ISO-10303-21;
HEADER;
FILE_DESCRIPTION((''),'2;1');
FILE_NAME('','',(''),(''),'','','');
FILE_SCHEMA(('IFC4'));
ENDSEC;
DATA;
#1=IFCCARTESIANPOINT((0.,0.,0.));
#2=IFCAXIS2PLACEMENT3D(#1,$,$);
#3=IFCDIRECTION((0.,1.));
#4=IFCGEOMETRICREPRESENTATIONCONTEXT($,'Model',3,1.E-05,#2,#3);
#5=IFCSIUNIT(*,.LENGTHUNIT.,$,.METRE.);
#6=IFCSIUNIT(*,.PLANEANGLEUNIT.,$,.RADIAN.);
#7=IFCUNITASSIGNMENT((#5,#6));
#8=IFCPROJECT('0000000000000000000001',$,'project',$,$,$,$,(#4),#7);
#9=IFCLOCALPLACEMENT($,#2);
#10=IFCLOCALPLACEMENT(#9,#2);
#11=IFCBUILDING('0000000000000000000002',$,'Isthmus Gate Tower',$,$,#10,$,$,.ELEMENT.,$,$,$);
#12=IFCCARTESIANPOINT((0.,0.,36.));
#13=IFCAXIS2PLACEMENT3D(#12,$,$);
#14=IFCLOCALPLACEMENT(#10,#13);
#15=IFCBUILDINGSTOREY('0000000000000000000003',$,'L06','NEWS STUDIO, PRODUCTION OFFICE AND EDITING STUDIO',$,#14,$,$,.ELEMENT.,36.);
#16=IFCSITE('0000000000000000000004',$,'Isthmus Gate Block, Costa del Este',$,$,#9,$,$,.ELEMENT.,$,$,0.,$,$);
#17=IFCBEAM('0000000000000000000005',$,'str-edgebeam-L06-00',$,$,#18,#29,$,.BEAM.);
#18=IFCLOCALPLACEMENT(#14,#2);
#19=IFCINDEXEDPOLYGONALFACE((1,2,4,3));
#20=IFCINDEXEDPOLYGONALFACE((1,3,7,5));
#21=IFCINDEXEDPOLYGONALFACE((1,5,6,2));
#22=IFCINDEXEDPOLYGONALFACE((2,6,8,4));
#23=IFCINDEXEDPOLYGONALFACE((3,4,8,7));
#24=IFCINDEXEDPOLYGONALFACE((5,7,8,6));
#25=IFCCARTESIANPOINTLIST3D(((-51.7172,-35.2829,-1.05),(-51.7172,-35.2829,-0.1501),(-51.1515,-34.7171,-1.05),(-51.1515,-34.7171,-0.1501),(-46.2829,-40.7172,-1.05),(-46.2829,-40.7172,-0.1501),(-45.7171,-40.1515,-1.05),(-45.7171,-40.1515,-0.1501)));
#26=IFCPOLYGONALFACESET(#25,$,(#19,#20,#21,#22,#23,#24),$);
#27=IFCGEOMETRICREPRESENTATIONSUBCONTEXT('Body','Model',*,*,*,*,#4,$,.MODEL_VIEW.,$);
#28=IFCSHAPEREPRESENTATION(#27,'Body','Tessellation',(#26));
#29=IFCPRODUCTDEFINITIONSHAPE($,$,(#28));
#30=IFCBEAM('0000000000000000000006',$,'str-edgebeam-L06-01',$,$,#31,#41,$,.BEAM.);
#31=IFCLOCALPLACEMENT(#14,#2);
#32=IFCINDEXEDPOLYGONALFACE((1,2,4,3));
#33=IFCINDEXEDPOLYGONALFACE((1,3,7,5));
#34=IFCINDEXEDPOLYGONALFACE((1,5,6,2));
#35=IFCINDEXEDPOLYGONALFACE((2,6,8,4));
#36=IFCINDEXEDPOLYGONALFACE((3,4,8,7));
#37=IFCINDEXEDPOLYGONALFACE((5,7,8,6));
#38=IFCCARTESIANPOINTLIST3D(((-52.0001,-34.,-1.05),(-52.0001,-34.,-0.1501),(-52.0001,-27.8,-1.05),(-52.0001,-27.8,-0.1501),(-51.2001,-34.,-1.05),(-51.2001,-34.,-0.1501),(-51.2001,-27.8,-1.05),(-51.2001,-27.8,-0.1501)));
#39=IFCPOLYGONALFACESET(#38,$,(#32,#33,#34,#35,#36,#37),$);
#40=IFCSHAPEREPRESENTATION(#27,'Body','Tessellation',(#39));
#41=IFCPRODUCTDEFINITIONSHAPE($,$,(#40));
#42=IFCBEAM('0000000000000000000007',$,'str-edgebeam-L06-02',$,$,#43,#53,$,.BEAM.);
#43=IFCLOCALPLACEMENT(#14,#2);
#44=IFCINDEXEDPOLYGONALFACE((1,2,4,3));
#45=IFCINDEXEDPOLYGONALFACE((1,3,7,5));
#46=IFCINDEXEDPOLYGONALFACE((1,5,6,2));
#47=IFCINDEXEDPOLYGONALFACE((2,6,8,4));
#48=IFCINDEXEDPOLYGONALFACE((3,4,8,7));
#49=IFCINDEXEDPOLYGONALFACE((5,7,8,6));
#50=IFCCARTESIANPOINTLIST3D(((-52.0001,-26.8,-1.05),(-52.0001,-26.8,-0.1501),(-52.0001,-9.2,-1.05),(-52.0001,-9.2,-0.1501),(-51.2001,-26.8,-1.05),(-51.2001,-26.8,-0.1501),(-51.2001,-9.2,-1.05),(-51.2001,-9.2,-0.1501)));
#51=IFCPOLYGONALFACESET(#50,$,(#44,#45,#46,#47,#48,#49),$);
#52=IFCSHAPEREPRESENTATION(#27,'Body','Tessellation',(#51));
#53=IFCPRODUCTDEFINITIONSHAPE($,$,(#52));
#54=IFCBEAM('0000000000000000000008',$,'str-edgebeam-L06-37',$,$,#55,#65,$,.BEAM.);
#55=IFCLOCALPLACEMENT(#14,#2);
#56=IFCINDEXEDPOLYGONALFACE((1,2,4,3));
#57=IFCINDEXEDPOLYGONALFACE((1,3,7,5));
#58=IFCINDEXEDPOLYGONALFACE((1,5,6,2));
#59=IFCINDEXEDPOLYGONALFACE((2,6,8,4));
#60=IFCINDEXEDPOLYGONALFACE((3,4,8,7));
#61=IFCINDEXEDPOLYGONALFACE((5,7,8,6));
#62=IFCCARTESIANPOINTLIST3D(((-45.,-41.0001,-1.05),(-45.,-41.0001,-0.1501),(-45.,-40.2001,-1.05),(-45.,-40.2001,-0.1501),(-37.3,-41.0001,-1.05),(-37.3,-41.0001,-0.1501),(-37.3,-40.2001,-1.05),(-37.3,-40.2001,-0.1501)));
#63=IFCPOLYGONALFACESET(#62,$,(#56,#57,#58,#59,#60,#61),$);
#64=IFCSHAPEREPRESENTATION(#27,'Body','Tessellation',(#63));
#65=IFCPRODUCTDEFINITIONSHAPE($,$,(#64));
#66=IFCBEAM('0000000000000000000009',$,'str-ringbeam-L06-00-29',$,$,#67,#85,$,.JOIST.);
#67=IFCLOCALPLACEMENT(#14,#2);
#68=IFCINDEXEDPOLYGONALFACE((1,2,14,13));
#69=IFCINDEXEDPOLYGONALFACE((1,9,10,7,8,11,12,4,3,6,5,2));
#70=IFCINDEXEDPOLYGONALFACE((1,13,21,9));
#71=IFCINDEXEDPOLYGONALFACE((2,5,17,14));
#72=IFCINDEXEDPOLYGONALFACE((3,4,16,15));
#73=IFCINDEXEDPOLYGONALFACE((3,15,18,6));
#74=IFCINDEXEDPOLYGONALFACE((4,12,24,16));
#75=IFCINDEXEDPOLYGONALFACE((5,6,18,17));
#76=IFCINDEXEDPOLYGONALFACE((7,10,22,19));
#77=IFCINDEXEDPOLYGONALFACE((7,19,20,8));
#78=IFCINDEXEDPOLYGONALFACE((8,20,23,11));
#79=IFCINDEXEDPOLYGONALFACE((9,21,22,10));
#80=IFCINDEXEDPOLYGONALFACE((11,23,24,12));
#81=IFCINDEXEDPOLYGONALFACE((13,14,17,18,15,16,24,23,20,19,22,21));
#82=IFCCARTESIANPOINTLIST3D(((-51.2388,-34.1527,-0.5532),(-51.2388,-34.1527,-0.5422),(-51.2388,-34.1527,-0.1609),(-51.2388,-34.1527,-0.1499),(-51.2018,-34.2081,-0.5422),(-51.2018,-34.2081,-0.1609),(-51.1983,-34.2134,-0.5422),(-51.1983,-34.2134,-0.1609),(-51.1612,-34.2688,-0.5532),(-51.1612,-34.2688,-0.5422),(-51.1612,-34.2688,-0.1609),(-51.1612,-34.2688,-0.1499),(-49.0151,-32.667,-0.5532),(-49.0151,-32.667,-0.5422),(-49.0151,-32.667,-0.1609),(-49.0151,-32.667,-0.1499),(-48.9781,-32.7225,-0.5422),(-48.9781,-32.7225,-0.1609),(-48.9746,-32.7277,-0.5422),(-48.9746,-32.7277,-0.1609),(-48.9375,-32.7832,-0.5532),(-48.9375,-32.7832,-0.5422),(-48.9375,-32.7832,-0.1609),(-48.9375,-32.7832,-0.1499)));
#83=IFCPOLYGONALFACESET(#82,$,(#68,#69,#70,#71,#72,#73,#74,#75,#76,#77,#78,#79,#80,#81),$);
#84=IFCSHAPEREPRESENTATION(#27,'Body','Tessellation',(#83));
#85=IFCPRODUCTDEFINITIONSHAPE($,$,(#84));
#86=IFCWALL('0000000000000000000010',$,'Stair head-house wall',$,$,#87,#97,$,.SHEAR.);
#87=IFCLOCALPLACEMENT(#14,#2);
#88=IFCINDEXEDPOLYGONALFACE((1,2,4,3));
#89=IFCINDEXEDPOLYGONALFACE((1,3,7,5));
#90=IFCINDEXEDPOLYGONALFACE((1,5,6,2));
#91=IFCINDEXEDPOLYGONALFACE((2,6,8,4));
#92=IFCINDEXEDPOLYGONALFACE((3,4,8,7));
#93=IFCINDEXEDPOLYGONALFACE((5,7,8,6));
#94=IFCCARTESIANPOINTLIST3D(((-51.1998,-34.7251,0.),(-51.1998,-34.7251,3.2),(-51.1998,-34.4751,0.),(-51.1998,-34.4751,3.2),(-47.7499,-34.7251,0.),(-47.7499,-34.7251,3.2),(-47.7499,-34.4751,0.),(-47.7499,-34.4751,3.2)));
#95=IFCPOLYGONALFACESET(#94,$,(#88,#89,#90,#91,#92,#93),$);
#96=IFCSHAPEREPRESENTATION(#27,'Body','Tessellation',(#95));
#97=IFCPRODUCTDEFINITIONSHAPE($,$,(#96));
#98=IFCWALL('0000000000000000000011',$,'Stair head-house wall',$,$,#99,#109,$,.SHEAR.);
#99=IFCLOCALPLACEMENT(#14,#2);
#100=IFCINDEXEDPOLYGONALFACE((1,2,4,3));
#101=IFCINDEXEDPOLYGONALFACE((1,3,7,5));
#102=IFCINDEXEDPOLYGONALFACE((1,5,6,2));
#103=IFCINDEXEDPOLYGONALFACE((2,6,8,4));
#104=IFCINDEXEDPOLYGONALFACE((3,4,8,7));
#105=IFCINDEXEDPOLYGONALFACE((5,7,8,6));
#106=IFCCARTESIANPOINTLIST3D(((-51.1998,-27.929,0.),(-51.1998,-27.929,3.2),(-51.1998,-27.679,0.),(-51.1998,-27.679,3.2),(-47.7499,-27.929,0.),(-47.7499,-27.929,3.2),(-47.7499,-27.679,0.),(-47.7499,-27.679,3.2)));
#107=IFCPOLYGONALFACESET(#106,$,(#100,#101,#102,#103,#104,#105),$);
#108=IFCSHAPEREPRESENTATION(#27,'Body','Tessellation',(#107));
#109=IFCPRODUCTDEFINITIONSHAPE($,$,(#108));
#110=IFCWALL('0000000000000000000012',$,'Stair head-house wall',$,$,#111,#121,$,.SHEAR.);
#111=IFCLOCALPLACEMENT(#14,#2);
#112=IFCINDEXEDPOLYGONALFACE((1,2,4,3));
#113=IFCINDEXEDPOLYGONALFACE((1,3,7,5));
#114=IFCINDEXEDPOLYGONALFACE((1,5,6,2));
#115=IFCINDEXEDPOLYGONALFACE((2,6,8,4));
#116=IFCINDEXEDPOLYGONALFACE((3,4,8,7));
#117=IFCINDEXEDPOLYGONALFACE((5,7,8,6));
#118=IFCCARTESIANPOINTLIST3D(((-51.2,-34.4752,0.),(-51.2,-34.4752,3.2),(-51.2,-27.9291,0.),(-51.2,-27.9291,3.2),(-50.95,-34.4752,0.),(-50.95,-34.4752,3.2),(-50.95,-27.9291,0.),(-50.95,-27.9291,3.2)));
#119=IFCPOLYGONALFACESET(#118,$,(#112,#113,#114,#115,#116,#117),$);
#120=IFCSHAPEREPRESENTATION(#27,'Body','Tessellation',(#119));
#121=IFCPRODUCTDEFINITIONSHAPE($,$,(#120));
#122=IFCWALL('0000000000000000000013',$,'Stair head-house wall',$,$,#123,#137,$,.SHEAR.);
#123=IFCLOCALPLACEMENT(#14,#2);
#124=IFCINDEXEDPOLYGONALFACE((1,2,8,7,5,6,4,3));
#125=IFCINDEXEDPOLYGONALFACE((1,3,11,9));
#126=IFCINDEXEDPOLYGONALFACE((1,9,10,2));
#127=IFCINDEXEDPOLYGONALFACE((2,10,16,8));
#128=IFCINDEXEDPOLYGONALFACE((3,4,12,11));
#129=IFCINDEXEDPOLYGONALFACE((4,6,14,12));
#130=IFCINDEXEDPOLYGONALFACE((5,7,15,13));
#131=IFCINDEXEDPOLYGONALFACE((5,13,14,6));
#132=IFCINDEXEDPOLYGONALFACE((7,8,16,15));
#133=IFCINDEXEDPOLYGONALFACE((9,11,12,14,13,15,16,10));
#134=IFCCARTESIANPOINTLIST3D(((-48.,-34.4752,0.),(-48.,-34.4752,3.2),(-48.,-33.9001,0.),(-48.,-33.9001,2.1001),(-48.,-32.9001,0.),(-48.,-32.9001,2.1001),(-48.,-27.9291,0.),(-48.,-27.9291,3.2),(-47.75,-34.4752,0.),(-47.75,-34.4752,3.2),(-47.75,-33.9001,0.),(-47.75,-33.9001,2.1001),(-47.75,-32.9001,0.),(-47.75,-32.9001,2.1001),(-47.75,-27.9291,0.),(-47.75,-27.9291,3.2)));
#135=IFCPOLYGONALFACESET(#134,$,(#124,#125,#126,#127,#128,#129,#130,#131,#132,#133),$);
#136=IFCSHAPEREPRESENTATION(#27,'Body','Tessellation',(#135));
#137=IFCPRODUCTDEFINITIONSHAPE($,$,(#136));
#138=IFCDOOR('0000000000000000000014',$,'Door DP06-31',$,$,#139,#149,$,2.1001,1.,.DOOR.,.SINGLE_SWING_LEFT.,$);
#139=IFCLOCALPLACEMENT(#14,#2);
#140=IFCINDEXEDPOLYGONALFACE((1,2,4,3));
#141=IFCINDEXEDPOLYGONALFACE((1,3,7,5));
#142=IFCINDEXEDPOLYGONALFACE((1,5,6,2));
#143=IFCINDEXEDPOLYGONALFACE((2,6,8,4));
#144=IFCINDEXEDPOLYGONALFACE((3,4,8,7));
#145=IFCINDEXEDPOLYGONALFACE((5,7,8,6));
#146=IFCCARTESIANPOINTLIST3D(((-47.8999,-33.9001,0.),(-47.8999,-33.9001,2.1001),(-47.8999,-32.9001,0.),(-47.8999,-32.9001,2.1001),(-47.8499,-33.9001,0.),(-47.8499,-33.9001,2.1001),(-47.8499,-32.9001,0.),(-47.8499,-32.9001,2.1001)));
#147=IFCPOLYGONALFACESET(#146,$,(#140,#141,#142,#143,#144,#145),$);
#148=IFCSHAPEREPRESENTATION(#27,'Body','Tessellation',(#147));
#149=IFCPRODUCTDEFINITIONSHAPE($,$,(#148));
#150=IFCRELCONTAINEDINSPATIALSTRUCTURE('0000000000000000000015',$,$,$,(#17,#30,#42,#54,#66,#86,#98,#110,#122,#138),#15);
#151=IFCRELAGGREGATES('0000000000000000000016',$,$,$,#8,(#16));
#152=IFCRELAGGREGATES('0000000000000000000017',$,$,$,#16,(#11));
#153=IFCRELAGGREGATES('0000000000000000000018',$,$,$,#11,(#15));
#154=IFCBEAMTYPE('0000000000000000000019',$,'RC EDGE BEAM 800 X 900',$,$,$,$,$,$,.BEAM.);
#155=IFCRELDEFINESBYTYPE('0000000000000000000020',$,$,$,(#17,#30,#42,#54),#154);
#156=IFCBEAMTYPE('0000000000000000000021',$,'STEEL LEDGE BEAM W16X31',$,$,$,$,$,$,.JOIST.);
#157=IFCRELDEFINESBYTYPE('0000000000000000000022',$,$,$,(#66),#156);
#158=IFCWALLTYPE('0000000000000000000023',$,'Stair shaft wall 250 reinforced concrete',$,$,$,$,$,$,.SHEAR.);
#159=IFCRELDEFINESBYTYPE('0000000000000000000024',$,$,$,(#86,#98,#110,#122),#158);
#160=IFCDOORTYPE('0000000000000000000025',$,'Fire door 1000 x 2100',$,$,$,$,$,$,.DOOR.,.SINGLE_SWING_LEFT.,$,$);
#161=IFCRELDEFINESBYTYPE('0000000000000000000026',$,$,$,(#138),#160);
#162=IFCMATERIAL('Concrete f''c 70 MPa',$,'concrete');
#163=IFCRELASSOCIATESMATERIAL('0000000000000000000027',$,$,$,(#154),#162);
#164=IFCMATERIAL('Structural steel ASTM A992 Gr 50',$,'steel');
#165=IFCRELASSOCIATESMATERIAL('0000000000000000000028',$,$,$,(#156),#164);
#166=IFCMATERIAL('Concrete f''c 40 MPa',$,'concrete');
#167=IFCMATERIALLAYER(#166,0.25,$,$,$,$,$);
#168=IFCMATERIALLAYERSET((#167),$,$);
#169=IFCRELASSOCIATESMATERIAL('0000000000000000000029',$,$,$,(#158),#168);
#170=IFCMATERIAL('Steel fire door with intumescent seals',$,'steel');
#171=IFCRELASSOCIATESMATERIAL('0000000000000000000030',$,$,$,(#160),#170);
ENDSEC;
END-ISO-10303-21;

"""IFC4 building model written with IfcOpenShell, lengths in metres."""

from ifc_helpers import new_model, si_unit, direction, frame, frame_2d, origin, origin_2d, place, context, subcontext, project, spatial, rectangle, i_section, extrude, material, layer, layer_set, material_profile, profile_set, type_object, element, fill, save


model = new_model("IFC4")

# Units and contexts
model_context = context("Model", 3, precision=1e-05, world=origin(), true_north=direction((0.0, 1.0)))
body_context = subcontext(model_context, "Body", "Model", "MODEL_VIEW")
ifc_project = project(units=[si_unit("LENGTHUNIT", "METRE"), si_unit("PLANEANGLEUNIT", "RADIAN")], contexts=[model_context])

# Site, building, storey
site_placement = place(None, origin())
site = spatial("IfcSite", under=ifc_project, at=site_placement, Name="Isthmus Gate Block, Costa del Este", CompositionType="ELEMENT", RefElevation=0.0)
building_placement = place(site_placement, origin())
building = spatial("IfcBuilding", under=site, at=building_placement, Name="Isthmus Gate Tower", CompositionType="ELEMENT")
storey_placement = place(building_placement, frame((0.0, 0.0, 36.0)))
storey = spatial("IfcBuildingStorey", under=building, at=storey_placement, Name="L06", Description="NEWS STUDIO, PRODUCTION OFFICE AND EDITING STUDIO", CompositionType="ELEMENT", Elevation=36.0)

# Beams
ifc_material_1 = material(Name="Concrete f'c 70 MPa", Category="concrete")
ifc_material_profile_1 = material_profile(ifc_material_1, rectangle(XDim=0.8, YDim=0.8999, at=origin_2d()), Name="RC 800X900")
ifc_profile_set_1 = profile_set([ifc_material_profile_1], Name="Concrete f'c 70 MPa")
beam_type_1 = type_object("IfcBeamType", Name="RC EDGE BEAM 800 X 900", PredefinedType="BEAM", material=ifc_profile_set_1)
beam_1_placement = place(storey_placement, frame((-46.0, -40.4343, -0.6001), z_axis=(-0.707107, 0.707107, 0.0), x_axis=(-0.707107, -0.707107, 0.0)))
element("IfcBeam", 1, at=beam_1_placement, inside=storey, type_object=beam_type_1, Name="str-edgebeam-L06-00", PredefinedType="BEAM", context=body_context, shape_type="SweptSolid", body=[
    extrude(rectangle(XDim=0.8, YDim=0.8999, at=origin_2d()), origin(), (0.0, 0.0, 1.0), 7.6853),
])
beam_2_placement = place(storey_placement, frame((-51.6001, -34.0, -0.6001), z_axis=(0.0, 1.0, 0.0), x_axis=(-1.0, 0.0, 0.0)))
element("IfcBeam", 2, at=beam_2_placement, inside=storey, type_object=beam_type_1, Name="str-edgebeam-L06-01", PredefinedType="BEAM", context=body_context, shape_type="SweptSolid", body=[
    extrude(rectangle(XDim=0.8, YDim=0.8999, at=origin_2d()), origin(), (0.0, 0.0, 1.0), 6.2),
])
beam_3_placement = place(storey_placement, frame((-51.6001, -26.8, -0.6001), z_axis=(0.0, 1.0, 0.0), x_axis=(-1.0, 0.0, 0.0)))
element("IfcBeam", 3, at=beam_3_placement, inside=storey, type_object=beam_type_1, Name="str-edgebeam-L06-02", PredefinedType="BEAM", context=body_context, shape_type="SweptSolid", body=[
    extrude(rectangle(XDim=0.8, YDim=0.8999, at=origin_2d()), origin(), (0.0, 0.0, 1.0), 17.6001),
])
beam_4_placement = place(storey_placement, frame((-37.3, -40.6001, -0.6001), z_axis=(-1.0, 0.0, 0.0), x_axis=(0.0, -1.0, 0.0)))
element("IfcBeam", 4, at=beam_4_placement, inside=storey, type_object=beam_type_1, Name="str-edgebeam-L06-37", PredefinedType="BEAM", context=body_context, shape_type="SweptSolid", body=[
    extrude(rectangle(XDim=0.8, YDim=0.8999, at=origin_2d()), origin(), (0.0, 0.0, 1.0), 7.7),
])
ifc_material_2 = material(Name="Structural steel ASTM A992 Gr 50", Category="steel")
ifc_material_profile_2 = material_profile(ifc_material_2, i_section(OverallWidth=0.1396, OverallDepth=0.4033, WebThickness=0.0063, FlangeThickness=0.011, at=origin_2d()), Name="W16X31")
ifc_profile_set_2 = profile_set([ifc_material_profile_2], Name="Structural steel ASTM A992 Gr 50")
beam_type_2 = type_object("IfcBeamType", Name="STEEL LEDGE BEAM W16X31", PredefinedType="JOIST", material=ifc_profile_set_2)
beam_5_placement = place(storey_placement, frame((-48.9763, -32.7251, -0.3516), z_axis=(-0.831502, -0.555522, 0.0), x_axis=(0.555522, -0.831502, 0.0)))
element("IfcBeam", 5, at=beam_5_placement, inside=storey, type_object=beam_type_2, Name="str-ringbeam-L06-00-29", PredefinedType="JOIST", context=body_context, shape_type="SweptSolid", body=[
    extrude(i_section(OverallWidth=0.1396, OverallDepth=0.4033, WebThickness=0.0063, FlangeThickness=0.011, at=origin_2d()), origin(), (0.0, 0.0, 1.0), 2.6743),
])

# Walls
ifc_material_3 = material(Name="Concrete f'c 40 MPa", Category="concrete")
ifc_layer = layer(ifc_material_3, 0.25)
ifc_layer_set = layer_set([ifc_layer])
wall_type = type_object("IfcWallType", Name="Stair shaft wall 250 reinforced concrete", PredefinedType="SHEAR", material=ifc_layer_set)
for number, where, z_axis, x_axis, name in (
    (6, (-51.2, -34.6001, 0.0), (0.0, 0.0, 1.0), (1.0, 0.0, 0.0), "Stair head-house wall"),
    (7, (-51.2, -27.804, 0.0), (0.0, 0.0, 1.0), (1.0, 0.0, 0.0), "Stair head-house wall"),
):
    element("IfcWall", number, at=place(storey_placement, frame(where, z_axis=z_axis, x_axis=x_axis)), inside=storey, type_object=wall_type, Name=name, PredefinedType="SHEAR", context=body_context, shape_type="SweptSolid", body=[
        extrude(rectangle(XDim=3.45, YDim=0.25, at=frame_2d((1.7251, 0.0))), origin(), (0.0, 0.0, 1.0), 3.2),
    ])
wall_1_placement = place(storey_placement, frame((-51.075, -34.4751, 0.0), z_axis=(0.0, 0.0, 1.0), x_axis=(0.0, 1.0, 0.0)))
element("IfcWall", 8, at=wall_1_placement, inside=storey, type_object=wall_type, Name="Stair head-house wall", PredefinedType="SHEAR", context=body_context, shape_type="SweptSolid", body=[
    extrude(rectangle(XDim=6.5461, YDim=0.25, at=frame_2d((3.2729, 0.0))), origin(), (0.0, 0.0, 1.0), 3.2),
])

# Wall, opening, door
wall_2_placement = place(storey_placement, frame((-47.875, -34.4751, 0.0), z_axis=(0.0, 0.0, 1.0), x_axis=(0.0, 1.0, 0.0)))
wall_2 = element("IfcWall", 9, at=wall_2_placement, inside=storey, type_object=wall_type, Name="Stair head-house wall", PredefinedType="SHEAR", context=body_context, shape_type="SweptSolid", body=[
    extrude(rectangle(XDim=6.5461, YDim=0.25, at=frame_2d((3.2729, 0.0))), origin(), (0.0, 0.0, 1.0), 3.2),
])
opening_placement = place(wall_2_placement, frame((0.575, 0.0, 0.0)))
opening = element("IfcOpeningElement", 10, at=opening_placement, cuts=wall_2, PredefinedType="OPENING", context=body_context, shape_type="SweptSolid", body=[
    extrude(rectangle(XDim=1.0, YDim=2.1001, at=frame_2d((0.5, 1.05))), frame((0.0, 0.135, 0.0), z_axis=(0.0, -1.0, 0.0), x_axis=(1.0, 0.0, 0.0)), (0.0, 0.0, 1.0), 0.27),
])
ifc_material_4 = material(Name="Steel fire door with intumescent seals", Category="steel")
door_type = type_object("IfcDoorType", Name="Fire door 1000 x 2100", OperationType="SINGLE_SWING_LEFT", PredefinedType="DOOR", material=ifc_material_4)
door_placement = place(opening_placement, origin())
door = element("IfcDoor", 11, at=door_placement, inside=storey, type_object=door_type, Name="Door DP06-31", OperationType="SINGLE_SWING_LEFT", OverallHeight=2.1001, OverallWidth=1.0, PredefinedType="DOOR", context=body_context, shape_type="SweptSolid", body=[
    extrude(rectangle(XDim=1.0, YDim=2.1001, at=frame_2d((0.5, 1.05))), frame((0.0, 0.0249, 0.0), z_axis=(0.0, -1.0, 0.0), x_axis=(1.0, 0.0, 0.0)), (0.0, 0.0, 1.0), 0.05),
])
fill(opening, door)

save(model, "model.ifc")
